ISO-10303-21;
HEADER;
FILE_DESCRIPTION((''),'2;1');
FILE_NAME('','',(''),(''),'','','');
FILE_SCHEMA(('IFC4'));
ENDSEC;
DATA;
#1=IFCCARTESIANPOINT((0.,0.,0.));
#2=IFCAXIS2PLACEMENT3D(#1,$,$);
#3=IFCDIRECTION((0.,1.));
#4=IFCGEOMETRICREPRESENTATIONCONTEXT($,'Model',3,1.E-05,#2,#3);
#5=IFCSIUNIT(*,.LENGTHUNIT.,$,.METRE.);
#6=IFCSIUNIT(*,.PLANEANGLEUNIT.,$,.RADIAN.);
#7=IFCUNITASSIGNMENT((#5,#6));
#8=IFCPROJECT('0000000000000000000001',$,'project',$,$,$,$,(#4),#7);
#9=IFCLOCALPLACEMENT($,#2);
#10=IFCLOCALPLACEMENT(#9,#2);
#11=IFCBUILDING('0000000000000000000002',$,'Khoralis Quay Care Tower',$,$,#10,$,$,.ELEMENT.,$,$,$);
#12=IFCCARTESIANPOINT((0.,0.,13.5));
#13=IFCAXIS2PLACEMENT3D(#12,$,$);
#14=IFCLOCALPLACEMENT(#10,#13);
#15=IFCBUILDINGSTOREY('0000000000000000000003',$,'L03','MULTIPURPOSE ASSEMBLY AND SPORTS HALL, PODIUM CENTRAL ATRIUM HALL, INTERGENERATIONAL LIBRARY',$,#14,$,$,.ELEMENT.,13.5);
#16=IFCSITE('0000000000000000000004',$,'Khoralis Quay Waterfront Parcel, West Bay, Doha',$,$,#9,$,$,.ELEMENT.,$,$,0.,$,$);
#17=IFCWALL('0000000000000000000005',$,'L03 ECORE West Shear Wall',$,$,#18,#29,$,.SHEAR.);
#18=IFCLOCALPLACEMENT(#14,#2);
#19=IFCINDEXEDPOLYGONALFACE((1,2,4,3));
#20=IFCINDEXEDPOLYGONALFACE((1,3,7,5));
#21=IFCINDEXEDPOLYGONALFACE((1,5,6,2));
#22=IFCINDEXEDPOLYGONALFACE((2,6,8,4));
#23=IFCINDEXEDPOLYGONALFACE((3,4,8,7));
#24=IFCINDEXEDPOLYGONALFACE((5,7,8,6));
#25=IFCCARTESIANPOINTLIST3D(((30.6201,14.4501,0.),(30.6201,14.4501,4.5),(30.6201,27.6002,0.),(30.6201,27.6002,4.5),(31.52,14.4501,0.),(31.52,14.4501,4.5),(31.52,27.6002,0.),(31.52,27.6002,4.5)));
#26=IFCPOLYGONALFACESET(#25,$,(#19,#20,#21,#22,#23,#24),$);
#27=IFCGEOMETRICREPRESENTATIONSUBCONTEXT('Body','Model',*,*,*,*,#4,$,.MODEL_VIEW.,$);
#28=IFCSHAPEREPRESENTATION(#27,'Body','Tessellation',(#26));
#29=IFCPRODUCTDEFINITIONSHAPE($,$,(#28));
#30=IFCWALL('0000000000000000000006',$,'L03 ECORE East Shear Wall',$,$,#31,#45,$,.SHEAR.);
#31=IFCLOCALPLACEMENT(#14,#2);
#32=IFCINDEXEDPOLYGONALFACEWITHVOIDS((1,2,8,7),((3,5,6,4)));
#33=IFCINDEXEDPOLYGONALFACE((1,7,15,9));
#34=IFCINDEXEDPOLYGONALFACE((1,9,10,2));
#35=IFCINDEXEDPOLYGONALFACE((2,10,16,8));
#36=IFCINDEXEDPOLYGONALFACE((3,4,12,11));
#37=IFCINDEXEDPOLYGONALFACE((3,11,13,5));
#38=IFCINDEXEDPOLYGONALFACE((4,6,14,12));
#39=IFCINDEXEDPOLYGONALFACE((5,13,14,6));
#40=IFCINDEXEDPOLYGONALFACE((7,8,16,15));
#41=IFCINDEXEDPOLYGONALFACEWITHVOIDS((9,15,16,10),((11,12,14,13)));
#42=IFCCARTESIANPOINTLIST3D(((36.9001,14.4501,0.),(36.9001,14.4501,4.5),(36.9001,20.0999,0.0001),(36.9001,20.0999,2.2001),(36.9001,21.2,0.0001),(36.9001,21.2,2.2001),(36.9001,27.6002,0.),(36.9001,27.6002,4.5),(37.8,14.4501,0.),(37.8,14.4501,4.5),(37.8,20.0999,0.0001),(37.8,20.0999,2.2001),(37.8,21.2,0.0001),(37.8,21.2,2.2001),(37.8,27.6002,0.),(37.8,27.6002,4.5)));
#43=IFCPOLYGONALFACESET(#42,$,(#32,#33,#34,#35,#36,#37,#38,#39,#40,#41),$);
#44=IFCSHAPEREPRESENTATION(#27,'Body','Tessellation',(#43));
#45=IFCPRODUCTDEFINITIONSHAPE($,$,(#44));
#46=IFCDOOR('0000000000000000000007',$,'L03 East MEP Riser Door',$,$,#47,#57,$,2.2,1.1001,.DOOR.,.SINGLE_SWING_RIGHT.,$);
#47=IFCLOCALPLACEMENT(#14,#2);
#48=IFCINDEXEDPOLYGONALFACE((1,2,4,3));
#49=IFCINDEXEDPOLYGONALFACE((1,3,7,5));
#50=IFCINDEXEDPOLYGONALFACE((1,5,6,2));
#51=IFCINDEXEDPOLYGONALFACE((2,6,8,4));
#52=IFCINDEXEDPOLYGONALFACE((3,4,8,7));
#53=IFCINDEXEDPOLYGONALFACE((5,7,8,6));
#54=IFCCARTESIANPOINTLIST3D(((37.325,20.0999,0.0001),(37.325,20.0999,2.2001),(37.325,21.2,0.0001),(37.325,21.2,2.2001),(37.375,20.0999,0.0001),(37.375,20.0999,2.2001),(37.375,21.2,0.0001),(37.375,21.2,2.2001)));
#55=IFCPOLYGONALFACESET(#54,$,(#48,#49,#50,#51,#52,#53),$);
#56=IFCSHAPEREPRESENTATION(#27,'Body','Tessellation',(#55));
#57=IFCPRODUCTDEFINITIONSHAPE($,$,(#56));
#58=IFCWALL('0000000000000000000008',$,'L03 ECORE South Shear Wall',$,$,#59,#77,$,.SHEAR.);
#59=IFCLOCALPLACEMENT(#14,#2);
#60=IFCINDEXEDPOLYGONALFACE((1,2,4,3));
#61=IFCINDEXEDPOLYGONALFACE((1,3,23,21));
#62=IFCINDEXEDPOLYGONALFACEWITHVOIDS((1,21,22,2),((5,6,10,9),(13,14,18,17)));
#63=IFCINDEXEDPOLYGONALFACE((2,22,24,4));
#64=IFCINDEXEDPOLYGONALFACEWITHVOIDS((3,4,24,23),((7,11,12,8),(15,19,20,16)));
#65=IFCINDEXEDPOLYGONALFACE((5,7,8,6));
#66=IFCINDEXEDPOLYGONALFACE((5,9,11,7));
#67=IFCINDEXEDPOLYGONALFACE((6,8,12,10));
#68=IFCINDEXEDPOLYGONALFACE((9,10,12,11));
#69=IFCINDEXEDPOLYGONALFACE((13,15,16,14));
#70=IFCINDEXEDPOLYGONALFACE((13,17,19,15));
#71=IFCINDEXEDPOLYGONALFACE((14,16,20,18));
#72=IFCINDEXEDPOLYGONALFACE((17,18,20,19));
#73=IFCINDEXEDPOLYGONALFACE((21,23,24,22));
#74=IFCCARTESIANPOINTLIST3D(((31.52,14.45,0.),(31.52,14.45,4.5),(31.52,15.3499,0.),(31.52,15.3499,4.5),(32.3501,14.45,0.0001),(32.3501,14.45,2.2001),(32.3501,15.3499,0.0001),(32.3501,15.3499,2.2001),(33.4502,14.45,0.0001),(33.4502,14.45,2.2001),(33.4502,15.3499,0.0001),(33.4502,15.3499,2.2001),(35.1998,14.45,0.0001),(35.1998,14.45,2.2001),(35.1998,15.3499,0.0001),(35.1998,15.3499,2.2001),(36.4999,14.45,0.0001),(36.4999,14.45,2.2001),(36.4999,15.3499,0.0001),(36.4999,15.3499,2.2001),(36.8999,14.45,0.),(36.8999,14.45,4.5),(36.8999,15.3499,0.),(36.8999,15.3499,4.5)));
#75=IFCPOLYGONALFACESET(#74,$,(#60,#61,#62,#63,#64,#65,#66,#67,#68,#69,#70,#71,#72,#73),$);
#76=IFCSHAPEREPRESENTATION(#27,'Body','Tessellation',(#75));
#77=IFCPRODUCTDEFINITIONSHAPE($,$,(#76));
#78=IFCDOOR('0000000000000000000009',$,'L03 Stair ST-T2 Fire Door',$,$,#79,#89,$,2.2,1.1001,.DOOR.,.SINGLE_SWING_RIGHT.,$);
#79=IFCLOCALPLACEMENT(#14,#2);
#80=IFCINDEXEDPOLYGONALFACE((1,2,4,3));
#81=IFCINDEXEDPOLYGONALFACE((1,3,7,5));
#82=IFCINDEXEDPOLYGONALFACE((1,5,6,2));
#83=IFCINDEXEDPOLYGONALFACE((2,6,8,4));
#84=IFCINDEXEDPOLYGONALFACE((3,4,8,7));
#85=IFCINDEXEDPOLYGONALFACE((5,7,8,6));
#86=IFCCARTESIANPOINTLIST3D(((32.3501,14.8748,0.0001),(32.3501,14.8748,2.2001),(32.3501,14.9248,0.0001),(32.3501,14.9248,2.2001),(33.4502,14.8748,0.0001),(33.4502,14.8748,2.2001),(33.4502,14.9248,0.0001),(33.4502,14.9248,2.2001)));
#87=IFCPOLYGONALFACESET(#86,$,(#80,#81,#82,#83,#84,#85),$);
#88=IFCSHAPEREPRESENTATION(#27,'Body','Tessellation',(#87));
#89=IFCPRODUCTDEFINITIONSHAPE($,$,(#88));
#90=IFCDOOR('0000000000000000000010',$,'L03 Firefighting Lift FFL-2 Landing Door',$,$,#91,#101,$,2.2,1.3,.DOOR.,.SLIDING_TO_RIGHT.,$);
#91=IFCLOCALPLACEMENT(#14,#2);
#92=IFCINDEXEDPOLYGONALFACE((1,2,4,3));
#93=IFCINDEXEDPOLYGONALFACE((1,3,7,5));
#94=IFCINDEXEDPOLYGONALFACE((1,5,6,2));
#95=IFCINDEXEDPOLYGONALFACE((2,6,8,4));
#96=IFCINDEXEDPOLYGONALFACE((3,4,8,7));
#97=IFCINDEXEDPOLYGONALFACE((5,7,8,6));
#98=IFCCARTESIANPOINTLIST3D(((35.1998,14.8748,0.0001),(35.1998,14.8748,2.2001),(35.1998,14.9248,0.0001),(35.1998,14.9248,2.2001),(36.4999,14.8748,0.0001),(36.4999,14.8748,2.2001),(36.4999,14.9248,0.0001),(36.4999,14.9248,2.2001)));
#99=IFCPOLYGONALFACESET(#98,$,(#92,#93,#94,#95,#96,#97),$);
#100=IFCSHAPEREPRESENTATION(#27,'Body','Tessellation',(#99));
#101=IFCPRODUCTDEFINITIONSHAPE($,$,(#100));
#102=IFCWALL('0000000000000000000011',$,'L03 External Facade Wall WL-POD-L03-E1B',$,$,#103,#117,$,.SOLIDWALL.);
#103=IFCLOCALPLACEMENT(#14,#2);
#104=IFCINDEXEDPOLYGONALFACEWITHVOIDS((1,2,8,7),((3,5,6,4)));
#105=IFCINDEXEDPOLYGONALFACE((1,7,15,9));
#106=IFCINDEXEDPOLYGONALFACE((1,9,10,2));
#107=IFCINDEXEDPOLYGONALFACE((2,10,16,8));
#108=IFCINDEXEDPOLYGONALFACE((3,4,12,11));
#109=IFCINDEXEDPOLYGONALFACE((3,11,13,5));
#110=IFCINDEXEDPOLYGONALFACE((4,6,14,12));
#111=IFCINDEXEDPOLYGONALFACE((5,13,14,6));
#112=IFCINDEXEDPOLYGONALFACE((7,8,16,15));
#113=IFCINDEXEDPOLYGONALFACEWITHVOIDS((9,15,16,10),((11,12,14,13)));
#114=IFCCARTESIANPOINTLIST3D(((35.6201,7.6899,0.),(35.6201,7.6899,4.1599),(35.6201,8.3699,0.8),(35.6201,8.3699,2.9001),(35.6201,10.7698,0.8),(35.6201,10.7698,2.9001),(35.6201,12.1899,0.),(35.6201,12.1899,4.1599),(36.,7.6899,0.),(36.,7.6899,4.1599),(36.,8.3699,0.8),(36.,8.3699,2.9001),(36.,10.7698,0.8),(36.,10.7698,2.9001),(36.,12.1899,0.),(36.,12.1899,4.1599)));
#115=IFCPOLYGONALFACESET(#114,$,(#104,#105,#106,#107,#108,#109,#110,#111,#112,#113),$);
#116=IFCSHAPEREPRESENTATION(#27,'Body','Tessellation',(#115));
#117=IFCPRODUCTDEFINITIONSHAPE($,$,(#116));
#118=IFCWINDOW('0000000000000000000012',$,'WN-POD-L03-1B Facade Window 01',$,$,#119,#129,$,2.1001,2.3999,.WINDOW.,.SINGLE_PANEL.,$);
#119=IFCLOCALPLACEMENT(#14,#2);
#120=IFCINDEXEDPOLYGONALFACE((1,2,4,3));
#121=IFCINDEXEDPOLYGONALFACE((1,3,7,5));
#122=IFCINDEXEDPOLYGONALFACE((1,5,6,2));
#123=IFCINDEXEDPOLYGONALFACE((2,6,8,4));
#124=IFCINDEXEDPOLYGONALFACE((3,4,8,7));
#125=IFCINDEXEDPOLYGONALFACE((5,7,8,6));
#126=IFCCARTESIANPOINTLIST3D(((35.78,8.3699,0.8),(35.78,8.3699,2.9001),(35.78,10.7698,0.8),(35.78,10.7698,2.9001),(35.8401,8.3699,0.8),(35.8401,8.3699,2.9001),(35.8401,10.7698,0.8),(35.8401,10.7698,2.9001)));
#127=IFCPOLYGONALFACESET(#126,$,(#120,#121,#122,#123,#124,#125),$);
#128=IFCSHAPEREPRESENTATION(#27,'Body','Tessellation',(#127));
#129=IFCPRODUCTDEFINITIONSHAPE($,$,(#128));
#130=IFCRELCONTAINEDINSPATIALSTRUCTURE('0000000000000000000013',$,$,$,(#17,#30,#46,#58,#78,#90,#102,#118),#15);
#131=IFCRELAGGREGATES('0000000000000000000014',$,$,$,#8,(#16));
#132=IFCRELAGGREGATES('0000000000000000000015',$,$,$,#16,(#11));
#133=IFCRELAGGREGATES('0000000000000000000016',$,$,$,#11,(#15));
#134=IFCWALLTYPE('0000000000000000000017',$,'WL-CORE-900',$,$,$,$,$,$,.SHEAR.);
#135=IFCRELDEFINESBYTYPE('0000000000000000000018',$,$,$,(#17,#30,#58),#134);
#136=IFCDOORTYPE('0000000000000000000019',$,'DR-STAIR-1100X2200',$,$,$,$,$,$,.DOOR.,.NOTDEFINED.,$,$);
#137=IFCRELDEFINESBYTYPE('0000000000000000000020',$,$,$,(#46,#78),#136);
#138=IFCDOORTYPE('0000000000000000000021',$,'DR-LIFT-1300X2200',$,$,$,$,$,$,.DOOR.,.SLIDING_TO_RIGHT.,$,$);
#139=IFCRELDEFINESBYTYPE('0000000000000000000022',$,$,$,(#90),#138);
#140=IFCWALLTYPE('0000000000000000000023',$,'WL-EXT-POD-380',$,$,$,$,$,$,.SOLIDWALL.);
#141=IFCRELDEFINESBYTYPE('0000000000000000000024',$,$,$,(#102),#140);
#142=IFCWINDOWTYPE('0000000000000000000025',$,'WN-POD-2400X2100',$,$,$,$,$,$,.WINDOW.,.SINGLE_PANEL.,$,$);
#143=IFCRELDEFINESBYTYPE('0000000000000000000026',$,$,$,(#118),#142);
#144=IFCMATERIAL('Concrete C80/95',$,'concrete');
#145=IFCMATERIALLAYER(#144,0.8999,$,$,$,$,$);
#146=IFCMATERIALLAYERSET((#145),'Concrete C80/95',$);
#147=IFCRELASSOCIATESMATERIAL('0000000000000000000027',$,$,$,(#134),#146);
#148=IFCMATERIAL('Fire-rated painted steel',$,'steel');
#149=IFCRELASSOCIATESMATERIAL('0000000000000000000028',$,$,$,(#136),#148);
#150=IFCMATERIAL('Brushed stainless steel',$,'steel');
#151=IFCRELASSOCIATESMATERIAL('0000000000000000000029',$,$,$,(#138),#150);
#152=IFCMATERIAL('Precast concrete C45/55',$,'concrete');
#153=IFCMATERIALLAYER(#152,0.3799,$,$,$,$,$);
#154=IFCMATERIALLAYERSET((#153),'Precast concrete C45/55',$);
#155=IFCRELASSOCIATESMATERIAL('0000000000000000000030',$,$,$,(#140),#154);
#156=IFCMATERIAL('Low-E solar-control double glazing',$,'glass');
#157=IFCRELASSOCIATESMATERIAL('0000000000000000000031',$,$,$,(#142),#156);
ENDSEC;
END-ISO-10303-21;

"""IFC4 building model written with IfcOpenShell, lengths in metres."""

from ifc_helpers import new_model, si_unit, direction, frame, frame_2d, origin, place, context, subcontext, project, spatial, rectangle, extrude, source, transform, mapped, material, layer, layer_set, type_object, element, fill, save


model = new_model("IFC4")

# Units and contexts
model_context = context("Model", 3, precision=1e-05, world=origin(), true_north=direction((0.0, 1.0)))
body_context = subcontext(model_context, "Body", "Model", "MODEL_VIEW")
ifc_project = project(units=[si_unit("LENGTHUNIT", "METRE"), si_unit("PLANEANGLEUNIT", "RADIAN")], contexts=[model_context])

# Site, building, storey
site_placement = place(None, origin())
site = spatial("IfcSite", under=ifc_project, at=site_placement, Name="Khoralis Quay Waterfront Parcel, West Bay, Doha", CompositionType="ELEMENT", RefElevation=0.0)
building_placement = place(site_placement, origin())
building = spatial("IfcBuilding", under=site, at=building_placement, Name="Khoralis Quay Care Tower", CompositionType="ELEMENT")
storey_placement = place(building_placement, frame((0.0, 0.0, 13.5)))
storey = spatial("IfcBuildingStorey", under=building, at=storey_placement, Name="L03", Description="MULTIPURPOSE ASSEMBLY AND SPORTS HALL, PODIUM CENTRAL ATRIUM HALL, INTERGENERATIONAL LIBRARY", CompositionType="ELEMENT", Elevation=13.5)

# Shared definitions
ifc_material_1 = material(Name="Concrete C80/95", Category="concrete")

# Shared definitions
ifc_material_2 = material(Name="Low-E solar-control double glazing", Category="glass")

# Wall
ifc_layer_1 = layer(ifc_material_1, 0.8999)
ifc_layer_set_1 = layer_set([ifc_layer_1], Name="Concrete C80/95")
wall_type_1 = type_object("IfcWallType", Name="WL-CORE-900", PredefinedType="SHEAR", material=ifc_layer_set_1)
wall_1_placement = place(storey_placement, frame((31.0701, 14.45, 0.0), z_axis=(0.0, 0.0, 1.0), x_axis=(0.0, 1.0, 0.0)))
element("IfcWall", 1, at=wall_1_placement, inside=storey, type_object=wall_type_1, Name="L03 ECORE West Shear Wall", PredefinedType="SHEAR", context=body_context, shape_type="SweptSolid", body=[
    extrude(rectangle(XDim=13.1501, YDim=0.8999, at=frame_2d((6.5752, 0.0))), origin(), (0.0, 0.0, 1.0), 4.5),
])

# Wall, opening, door
wall_2_placement = place(storey_placement, frame((37.3501, 14.45, 0.0), z_axis=(0.0, 0.0, 1.0), x_axis=(0.0, 1.0, 0.0)))
wall_2 = element("IfcWall", 2, at=wall_2_placement, inside=storey, type_object=wall_type_1, Name="L03 ECORE East Shear Wall", PredefinedType="SHEAR", context=body_context, shape_type="SweptSolid", body=[
    extrude(rectangle(XDim=13.1501, YDim=0.8999, at=frame_2d((6.5752, 0.0))), origin(), (0.0, 0.0, 1.0), 4.5),
])
opening_1_placement = place(wall_2_placement, frame((5.6499, 0.0, 0.0)))
opening_1 = element("IfcOpeningElement", 3, at=opening_1_placement, cuts=wall_2, PredefinedType="OPENING", context=body_context, shape_type="SweptSolid", body=[
    extrude(rectangle(XDim=1.1001, YDim=2.2, at=frame_2d((0.55, 1.1001))), frame((0.0, 0.46, 0.0), z_axis=(0.0, -1.0, 0.0), x_axis=(1.0, 0.0, 0.0)), (0.0, 0.0, 1.0), 0.9199),
])
ifc_material_3 = material(Name="Fire-rated painted steel", Category="steel")
door_type_1 = type_object("IfcDoorType", Name="DR-STAIR-1100X2200", OperationType="NOTDEFINED", PredefinedType="DOOR", material=ifc_material_3)
shared_shape_1 = source(origin(), body_context, "Body", "SweptSolid", [
    extrude(rectangle(XDim=1.1001, YDim=2.2, at=frame_2d((0.55, 1.1001))), frame((0.0, 0.0249, 0.0), z_axis=(0.0, -1.0, 0.0), x_axis=(1.0, 0.0, 0.0)), (0.0, 0.0, 1.0), 0.05),
])
door_1_placement = place(opening_1_placement, frame((1.1001, 0.0, 0.0), z_axis=(0.0, 0.0, 1.0), x_axis=(-1.0, 0.0, 0.0)))
door_1 = element("IfcDoor", 4, at=door_1_placement, inside=storey, type_object=door_type_1, Name="L03 East MEP Riser Door", OperationType="SINGLE_SWING_RIGHT", OverallHeight=2.2, OverallWidth=1.1001, PredefinedType="DOOR", context=body_context, shape_type="MappedRepresentation", body=[
    mapped(shared_shape_1, transform((0.0, 0.0, 0.0), scale=1.0)),
])
fill(opening_1, door_1)

# Wall, openings, doors
wall_3_placement = place(storey_placement, frame((31.52, 14.8999, 0.0), z_axis=(0.0, 0.0, 1.0), x_axis=(1.0, 0.0, 0.0)))
wall_3 = element("IfcWall", 5, at=wall_3_placement, inside=storey, type_object=wall_type_1, Name="L03 ECORE South Shear Wall", PredefinedType="SHEAR", context=body_context, shape_type="SweptSolid", body=[
    extrude(rectangle(XDim=5.3799, YDim=0.8999, at=frame_2d((2.6899, 0.0))), origin(), (0.0, 0.0, 1.0), 4.5),
])
opening_2_placement = place(wall_3_placement, frame((0.8301, 0.0, 0.0)))
opening_2 = element("IfcOpeningElement", 6, at=opening_2_placement, cuts=wall_3, PredefinedType="OPENING", context=body_context, shape_type="SweptSolid", body=[
    extrude(rectangle(XDim=1.1001, YDim=2.2, at=frame_2d((0.55, 1.1001))), frame((0.0, 0.46, 0.0), z_axis=(0.0, -1.0, 0.0), x_axis=(1.0, 0.0, 0.0)), (0.0, 0.0, 1.0), 0.9199),
])
opening_3_placement = place(wall_3_placement, frame((3.6799, 0.0, 0.0)))
opening_3 = element("IfcOpeningElement", 7, at=opening_3_placement, cuts=wall_3, PredefinedType="OPENING", context=body_context, shape_type="SweptSolid", body=[
    extrude(rectangle(XDim=1.3, YDim=2.2, at=frame_2d((0.6499, 1.1001))), frame((0.0, 0.46, 0.0), z_axis=(0.0, -1.0, 0.0), x_axis=(1.0, 0.0, 0.0)), (0.0, 0.0, 1.0), 0.9199),
])
door_2_placement = place(opening_2_placement, origin())
door_2 = element("IfcDoor", 8, at=door_2_placement, inside=storey, type_object=door_type_1, Name="L03 Stair ST-T2 Fire Door", OperationType="SINGLE_SWING_RIGHT", OverallHeight=2.2, OverallWidth=1.1001, PredefinedType="DOOR", context=body_context, shape_type="MappedRepresentation", body=[
    mapped(shared_shape_1, transform((0.0, 0.0, 0.0), scale=1.0)),
])
fill(opening_2, door_2)
ifc_material_4 = material(Name="Brushed stainless steel", Category="steel")
door_type_2 = type_object("IfcDoorType", Name="DR-LIFT-1300X2200", OperationType="SLIDING_TO_RIGHT", PredefinedType="DOOR", material=ifc_material_4)
shared_shape_2 = source(origin(), body_context, "Body", "SweptSolid", [
    extrude(rectangle(XDim=1.3, YDim=2.2, at=frame_2d((0.6499, 1.1001))), frame((0.0, 0.0249, 0.0), z_axis=(0.0, -1.0, 0.0), x_axis=(1.0, 0.0, 0.0)), (0.0, 0.0, 1.0), 0.05),
])
door_3_placement = place(opening_3_placement, origin())
door_3 = element("IfcDoor", 9, at=door_3_placement, inside=storey, type_object=door_type_2, Name="L03 Firefighting Lift FFL-2 Landing Door", OperationType="SLIDING_TO_RIGHT", OverallHeight=2.2, OverallWidth=1.3, PredefinedType="DOOR", context=body_context, shape_type="MappedRepresentation", body=[
    mapped(shared_shape_2, transform((0.0, 0.0, 0.0), scale=1.0)),
])
fill(opening_3, door_3)

# Wall, opening, window
ifc_material_5 = material(Name="Precast concrete C45/55", Category="concrete")
ifc_layer_2 = layer(ifc_material_5, 0.3799)
ifc_layer_set_2 = layer_set([ifc_layer_2], Name="Precast concrete C45/55")
wall_type_2 = type_object("IfcWallType", Name="WL-EXT-POD-380", PredefinedType="SOLIDWALL", material=ifc_layer_set_2)
wall_4_placement = place(storey_placement, frame((35.8101, 7.6899, 0.0), z_axis=(0.0, 0.0, 1.0), x_axis=(0.0, 1.0, 0.0)))
wall_4 = element("IfcWall", 10, at=wall_4_placement, inside=storey, type_object=wall_type_2, Name="L03 External Facade Wall WL-POD-L03-E1B", PredefinedType="SOLIDWALL", context=body_context, shape_type="SweptSolid", body=[
    extrude(rectangle(XDim=4.5, YDim=0.3799, at=frame_2d((2.25, 0.0))), origin(), (0.0, 0.0, 1.0), 4.1599),
])
opening_4_placement = place(wall_4_placement, frame((0.6799, 0.0, 0.8)))
opening_4 = element("IfcOpeningElement", 11, at=opening_4_placement, cuts=wall_4, PredefinedType="OPENING", context=body_context, shape_type="SweptSolid", body=[
    extrude(rectangle(XDim=2.3999, YDim=2.1001, at=frame_2d((1.2, 1.05))), frame((0.0, 0.2, 0.0), z_axis=(0.0, -1.0, 0.0), x_axis=(1.0, 0.0, 0.0)), (0.0, 0.0, 1.0), 0.3999),
])
window_type = type_object("IfcWindowType", Name="WN-POD-2400X2100", PartitioningType="SINGLE_PANEL", PredefinedType="WINDOW", material=ifc_material_2)
shared_shape_3 = source(origin(), body_context, "Body", "SweptSolid", [
    extrude(rectangle(XDim=2.3999, YDim=2.1001, at=frame_2d((1.2, 1.05))), frame((0.0, 0.03, 0.0), z_axis=(0.0, -1.0, 0.0), x_axis=(1.0, 0.0, 0.0)), (0.0, 0.0, 1.0), 0.0601),
])
window_1_placement = place(opening_4_placement, origin())
window_1 = element("IfcWindow", 12, at=window_1_placement, inside=storey, type_object=window_type, Name="WN-POD-L03-1B Facade Window 01", OverallHeight=2.1001, OverallWidth=2.3999, PartitioningType="SINGLE_PANEL", PredefinedType="WINDOW", context=body_context, shape_type="MappedRepresentation", body=[
    mapped(shared_shape_3, transform((0.0, 0.0, 0.0), scale=1.0)),
])
fill(opening_4, window_1)

save(model, "model.ifc")
